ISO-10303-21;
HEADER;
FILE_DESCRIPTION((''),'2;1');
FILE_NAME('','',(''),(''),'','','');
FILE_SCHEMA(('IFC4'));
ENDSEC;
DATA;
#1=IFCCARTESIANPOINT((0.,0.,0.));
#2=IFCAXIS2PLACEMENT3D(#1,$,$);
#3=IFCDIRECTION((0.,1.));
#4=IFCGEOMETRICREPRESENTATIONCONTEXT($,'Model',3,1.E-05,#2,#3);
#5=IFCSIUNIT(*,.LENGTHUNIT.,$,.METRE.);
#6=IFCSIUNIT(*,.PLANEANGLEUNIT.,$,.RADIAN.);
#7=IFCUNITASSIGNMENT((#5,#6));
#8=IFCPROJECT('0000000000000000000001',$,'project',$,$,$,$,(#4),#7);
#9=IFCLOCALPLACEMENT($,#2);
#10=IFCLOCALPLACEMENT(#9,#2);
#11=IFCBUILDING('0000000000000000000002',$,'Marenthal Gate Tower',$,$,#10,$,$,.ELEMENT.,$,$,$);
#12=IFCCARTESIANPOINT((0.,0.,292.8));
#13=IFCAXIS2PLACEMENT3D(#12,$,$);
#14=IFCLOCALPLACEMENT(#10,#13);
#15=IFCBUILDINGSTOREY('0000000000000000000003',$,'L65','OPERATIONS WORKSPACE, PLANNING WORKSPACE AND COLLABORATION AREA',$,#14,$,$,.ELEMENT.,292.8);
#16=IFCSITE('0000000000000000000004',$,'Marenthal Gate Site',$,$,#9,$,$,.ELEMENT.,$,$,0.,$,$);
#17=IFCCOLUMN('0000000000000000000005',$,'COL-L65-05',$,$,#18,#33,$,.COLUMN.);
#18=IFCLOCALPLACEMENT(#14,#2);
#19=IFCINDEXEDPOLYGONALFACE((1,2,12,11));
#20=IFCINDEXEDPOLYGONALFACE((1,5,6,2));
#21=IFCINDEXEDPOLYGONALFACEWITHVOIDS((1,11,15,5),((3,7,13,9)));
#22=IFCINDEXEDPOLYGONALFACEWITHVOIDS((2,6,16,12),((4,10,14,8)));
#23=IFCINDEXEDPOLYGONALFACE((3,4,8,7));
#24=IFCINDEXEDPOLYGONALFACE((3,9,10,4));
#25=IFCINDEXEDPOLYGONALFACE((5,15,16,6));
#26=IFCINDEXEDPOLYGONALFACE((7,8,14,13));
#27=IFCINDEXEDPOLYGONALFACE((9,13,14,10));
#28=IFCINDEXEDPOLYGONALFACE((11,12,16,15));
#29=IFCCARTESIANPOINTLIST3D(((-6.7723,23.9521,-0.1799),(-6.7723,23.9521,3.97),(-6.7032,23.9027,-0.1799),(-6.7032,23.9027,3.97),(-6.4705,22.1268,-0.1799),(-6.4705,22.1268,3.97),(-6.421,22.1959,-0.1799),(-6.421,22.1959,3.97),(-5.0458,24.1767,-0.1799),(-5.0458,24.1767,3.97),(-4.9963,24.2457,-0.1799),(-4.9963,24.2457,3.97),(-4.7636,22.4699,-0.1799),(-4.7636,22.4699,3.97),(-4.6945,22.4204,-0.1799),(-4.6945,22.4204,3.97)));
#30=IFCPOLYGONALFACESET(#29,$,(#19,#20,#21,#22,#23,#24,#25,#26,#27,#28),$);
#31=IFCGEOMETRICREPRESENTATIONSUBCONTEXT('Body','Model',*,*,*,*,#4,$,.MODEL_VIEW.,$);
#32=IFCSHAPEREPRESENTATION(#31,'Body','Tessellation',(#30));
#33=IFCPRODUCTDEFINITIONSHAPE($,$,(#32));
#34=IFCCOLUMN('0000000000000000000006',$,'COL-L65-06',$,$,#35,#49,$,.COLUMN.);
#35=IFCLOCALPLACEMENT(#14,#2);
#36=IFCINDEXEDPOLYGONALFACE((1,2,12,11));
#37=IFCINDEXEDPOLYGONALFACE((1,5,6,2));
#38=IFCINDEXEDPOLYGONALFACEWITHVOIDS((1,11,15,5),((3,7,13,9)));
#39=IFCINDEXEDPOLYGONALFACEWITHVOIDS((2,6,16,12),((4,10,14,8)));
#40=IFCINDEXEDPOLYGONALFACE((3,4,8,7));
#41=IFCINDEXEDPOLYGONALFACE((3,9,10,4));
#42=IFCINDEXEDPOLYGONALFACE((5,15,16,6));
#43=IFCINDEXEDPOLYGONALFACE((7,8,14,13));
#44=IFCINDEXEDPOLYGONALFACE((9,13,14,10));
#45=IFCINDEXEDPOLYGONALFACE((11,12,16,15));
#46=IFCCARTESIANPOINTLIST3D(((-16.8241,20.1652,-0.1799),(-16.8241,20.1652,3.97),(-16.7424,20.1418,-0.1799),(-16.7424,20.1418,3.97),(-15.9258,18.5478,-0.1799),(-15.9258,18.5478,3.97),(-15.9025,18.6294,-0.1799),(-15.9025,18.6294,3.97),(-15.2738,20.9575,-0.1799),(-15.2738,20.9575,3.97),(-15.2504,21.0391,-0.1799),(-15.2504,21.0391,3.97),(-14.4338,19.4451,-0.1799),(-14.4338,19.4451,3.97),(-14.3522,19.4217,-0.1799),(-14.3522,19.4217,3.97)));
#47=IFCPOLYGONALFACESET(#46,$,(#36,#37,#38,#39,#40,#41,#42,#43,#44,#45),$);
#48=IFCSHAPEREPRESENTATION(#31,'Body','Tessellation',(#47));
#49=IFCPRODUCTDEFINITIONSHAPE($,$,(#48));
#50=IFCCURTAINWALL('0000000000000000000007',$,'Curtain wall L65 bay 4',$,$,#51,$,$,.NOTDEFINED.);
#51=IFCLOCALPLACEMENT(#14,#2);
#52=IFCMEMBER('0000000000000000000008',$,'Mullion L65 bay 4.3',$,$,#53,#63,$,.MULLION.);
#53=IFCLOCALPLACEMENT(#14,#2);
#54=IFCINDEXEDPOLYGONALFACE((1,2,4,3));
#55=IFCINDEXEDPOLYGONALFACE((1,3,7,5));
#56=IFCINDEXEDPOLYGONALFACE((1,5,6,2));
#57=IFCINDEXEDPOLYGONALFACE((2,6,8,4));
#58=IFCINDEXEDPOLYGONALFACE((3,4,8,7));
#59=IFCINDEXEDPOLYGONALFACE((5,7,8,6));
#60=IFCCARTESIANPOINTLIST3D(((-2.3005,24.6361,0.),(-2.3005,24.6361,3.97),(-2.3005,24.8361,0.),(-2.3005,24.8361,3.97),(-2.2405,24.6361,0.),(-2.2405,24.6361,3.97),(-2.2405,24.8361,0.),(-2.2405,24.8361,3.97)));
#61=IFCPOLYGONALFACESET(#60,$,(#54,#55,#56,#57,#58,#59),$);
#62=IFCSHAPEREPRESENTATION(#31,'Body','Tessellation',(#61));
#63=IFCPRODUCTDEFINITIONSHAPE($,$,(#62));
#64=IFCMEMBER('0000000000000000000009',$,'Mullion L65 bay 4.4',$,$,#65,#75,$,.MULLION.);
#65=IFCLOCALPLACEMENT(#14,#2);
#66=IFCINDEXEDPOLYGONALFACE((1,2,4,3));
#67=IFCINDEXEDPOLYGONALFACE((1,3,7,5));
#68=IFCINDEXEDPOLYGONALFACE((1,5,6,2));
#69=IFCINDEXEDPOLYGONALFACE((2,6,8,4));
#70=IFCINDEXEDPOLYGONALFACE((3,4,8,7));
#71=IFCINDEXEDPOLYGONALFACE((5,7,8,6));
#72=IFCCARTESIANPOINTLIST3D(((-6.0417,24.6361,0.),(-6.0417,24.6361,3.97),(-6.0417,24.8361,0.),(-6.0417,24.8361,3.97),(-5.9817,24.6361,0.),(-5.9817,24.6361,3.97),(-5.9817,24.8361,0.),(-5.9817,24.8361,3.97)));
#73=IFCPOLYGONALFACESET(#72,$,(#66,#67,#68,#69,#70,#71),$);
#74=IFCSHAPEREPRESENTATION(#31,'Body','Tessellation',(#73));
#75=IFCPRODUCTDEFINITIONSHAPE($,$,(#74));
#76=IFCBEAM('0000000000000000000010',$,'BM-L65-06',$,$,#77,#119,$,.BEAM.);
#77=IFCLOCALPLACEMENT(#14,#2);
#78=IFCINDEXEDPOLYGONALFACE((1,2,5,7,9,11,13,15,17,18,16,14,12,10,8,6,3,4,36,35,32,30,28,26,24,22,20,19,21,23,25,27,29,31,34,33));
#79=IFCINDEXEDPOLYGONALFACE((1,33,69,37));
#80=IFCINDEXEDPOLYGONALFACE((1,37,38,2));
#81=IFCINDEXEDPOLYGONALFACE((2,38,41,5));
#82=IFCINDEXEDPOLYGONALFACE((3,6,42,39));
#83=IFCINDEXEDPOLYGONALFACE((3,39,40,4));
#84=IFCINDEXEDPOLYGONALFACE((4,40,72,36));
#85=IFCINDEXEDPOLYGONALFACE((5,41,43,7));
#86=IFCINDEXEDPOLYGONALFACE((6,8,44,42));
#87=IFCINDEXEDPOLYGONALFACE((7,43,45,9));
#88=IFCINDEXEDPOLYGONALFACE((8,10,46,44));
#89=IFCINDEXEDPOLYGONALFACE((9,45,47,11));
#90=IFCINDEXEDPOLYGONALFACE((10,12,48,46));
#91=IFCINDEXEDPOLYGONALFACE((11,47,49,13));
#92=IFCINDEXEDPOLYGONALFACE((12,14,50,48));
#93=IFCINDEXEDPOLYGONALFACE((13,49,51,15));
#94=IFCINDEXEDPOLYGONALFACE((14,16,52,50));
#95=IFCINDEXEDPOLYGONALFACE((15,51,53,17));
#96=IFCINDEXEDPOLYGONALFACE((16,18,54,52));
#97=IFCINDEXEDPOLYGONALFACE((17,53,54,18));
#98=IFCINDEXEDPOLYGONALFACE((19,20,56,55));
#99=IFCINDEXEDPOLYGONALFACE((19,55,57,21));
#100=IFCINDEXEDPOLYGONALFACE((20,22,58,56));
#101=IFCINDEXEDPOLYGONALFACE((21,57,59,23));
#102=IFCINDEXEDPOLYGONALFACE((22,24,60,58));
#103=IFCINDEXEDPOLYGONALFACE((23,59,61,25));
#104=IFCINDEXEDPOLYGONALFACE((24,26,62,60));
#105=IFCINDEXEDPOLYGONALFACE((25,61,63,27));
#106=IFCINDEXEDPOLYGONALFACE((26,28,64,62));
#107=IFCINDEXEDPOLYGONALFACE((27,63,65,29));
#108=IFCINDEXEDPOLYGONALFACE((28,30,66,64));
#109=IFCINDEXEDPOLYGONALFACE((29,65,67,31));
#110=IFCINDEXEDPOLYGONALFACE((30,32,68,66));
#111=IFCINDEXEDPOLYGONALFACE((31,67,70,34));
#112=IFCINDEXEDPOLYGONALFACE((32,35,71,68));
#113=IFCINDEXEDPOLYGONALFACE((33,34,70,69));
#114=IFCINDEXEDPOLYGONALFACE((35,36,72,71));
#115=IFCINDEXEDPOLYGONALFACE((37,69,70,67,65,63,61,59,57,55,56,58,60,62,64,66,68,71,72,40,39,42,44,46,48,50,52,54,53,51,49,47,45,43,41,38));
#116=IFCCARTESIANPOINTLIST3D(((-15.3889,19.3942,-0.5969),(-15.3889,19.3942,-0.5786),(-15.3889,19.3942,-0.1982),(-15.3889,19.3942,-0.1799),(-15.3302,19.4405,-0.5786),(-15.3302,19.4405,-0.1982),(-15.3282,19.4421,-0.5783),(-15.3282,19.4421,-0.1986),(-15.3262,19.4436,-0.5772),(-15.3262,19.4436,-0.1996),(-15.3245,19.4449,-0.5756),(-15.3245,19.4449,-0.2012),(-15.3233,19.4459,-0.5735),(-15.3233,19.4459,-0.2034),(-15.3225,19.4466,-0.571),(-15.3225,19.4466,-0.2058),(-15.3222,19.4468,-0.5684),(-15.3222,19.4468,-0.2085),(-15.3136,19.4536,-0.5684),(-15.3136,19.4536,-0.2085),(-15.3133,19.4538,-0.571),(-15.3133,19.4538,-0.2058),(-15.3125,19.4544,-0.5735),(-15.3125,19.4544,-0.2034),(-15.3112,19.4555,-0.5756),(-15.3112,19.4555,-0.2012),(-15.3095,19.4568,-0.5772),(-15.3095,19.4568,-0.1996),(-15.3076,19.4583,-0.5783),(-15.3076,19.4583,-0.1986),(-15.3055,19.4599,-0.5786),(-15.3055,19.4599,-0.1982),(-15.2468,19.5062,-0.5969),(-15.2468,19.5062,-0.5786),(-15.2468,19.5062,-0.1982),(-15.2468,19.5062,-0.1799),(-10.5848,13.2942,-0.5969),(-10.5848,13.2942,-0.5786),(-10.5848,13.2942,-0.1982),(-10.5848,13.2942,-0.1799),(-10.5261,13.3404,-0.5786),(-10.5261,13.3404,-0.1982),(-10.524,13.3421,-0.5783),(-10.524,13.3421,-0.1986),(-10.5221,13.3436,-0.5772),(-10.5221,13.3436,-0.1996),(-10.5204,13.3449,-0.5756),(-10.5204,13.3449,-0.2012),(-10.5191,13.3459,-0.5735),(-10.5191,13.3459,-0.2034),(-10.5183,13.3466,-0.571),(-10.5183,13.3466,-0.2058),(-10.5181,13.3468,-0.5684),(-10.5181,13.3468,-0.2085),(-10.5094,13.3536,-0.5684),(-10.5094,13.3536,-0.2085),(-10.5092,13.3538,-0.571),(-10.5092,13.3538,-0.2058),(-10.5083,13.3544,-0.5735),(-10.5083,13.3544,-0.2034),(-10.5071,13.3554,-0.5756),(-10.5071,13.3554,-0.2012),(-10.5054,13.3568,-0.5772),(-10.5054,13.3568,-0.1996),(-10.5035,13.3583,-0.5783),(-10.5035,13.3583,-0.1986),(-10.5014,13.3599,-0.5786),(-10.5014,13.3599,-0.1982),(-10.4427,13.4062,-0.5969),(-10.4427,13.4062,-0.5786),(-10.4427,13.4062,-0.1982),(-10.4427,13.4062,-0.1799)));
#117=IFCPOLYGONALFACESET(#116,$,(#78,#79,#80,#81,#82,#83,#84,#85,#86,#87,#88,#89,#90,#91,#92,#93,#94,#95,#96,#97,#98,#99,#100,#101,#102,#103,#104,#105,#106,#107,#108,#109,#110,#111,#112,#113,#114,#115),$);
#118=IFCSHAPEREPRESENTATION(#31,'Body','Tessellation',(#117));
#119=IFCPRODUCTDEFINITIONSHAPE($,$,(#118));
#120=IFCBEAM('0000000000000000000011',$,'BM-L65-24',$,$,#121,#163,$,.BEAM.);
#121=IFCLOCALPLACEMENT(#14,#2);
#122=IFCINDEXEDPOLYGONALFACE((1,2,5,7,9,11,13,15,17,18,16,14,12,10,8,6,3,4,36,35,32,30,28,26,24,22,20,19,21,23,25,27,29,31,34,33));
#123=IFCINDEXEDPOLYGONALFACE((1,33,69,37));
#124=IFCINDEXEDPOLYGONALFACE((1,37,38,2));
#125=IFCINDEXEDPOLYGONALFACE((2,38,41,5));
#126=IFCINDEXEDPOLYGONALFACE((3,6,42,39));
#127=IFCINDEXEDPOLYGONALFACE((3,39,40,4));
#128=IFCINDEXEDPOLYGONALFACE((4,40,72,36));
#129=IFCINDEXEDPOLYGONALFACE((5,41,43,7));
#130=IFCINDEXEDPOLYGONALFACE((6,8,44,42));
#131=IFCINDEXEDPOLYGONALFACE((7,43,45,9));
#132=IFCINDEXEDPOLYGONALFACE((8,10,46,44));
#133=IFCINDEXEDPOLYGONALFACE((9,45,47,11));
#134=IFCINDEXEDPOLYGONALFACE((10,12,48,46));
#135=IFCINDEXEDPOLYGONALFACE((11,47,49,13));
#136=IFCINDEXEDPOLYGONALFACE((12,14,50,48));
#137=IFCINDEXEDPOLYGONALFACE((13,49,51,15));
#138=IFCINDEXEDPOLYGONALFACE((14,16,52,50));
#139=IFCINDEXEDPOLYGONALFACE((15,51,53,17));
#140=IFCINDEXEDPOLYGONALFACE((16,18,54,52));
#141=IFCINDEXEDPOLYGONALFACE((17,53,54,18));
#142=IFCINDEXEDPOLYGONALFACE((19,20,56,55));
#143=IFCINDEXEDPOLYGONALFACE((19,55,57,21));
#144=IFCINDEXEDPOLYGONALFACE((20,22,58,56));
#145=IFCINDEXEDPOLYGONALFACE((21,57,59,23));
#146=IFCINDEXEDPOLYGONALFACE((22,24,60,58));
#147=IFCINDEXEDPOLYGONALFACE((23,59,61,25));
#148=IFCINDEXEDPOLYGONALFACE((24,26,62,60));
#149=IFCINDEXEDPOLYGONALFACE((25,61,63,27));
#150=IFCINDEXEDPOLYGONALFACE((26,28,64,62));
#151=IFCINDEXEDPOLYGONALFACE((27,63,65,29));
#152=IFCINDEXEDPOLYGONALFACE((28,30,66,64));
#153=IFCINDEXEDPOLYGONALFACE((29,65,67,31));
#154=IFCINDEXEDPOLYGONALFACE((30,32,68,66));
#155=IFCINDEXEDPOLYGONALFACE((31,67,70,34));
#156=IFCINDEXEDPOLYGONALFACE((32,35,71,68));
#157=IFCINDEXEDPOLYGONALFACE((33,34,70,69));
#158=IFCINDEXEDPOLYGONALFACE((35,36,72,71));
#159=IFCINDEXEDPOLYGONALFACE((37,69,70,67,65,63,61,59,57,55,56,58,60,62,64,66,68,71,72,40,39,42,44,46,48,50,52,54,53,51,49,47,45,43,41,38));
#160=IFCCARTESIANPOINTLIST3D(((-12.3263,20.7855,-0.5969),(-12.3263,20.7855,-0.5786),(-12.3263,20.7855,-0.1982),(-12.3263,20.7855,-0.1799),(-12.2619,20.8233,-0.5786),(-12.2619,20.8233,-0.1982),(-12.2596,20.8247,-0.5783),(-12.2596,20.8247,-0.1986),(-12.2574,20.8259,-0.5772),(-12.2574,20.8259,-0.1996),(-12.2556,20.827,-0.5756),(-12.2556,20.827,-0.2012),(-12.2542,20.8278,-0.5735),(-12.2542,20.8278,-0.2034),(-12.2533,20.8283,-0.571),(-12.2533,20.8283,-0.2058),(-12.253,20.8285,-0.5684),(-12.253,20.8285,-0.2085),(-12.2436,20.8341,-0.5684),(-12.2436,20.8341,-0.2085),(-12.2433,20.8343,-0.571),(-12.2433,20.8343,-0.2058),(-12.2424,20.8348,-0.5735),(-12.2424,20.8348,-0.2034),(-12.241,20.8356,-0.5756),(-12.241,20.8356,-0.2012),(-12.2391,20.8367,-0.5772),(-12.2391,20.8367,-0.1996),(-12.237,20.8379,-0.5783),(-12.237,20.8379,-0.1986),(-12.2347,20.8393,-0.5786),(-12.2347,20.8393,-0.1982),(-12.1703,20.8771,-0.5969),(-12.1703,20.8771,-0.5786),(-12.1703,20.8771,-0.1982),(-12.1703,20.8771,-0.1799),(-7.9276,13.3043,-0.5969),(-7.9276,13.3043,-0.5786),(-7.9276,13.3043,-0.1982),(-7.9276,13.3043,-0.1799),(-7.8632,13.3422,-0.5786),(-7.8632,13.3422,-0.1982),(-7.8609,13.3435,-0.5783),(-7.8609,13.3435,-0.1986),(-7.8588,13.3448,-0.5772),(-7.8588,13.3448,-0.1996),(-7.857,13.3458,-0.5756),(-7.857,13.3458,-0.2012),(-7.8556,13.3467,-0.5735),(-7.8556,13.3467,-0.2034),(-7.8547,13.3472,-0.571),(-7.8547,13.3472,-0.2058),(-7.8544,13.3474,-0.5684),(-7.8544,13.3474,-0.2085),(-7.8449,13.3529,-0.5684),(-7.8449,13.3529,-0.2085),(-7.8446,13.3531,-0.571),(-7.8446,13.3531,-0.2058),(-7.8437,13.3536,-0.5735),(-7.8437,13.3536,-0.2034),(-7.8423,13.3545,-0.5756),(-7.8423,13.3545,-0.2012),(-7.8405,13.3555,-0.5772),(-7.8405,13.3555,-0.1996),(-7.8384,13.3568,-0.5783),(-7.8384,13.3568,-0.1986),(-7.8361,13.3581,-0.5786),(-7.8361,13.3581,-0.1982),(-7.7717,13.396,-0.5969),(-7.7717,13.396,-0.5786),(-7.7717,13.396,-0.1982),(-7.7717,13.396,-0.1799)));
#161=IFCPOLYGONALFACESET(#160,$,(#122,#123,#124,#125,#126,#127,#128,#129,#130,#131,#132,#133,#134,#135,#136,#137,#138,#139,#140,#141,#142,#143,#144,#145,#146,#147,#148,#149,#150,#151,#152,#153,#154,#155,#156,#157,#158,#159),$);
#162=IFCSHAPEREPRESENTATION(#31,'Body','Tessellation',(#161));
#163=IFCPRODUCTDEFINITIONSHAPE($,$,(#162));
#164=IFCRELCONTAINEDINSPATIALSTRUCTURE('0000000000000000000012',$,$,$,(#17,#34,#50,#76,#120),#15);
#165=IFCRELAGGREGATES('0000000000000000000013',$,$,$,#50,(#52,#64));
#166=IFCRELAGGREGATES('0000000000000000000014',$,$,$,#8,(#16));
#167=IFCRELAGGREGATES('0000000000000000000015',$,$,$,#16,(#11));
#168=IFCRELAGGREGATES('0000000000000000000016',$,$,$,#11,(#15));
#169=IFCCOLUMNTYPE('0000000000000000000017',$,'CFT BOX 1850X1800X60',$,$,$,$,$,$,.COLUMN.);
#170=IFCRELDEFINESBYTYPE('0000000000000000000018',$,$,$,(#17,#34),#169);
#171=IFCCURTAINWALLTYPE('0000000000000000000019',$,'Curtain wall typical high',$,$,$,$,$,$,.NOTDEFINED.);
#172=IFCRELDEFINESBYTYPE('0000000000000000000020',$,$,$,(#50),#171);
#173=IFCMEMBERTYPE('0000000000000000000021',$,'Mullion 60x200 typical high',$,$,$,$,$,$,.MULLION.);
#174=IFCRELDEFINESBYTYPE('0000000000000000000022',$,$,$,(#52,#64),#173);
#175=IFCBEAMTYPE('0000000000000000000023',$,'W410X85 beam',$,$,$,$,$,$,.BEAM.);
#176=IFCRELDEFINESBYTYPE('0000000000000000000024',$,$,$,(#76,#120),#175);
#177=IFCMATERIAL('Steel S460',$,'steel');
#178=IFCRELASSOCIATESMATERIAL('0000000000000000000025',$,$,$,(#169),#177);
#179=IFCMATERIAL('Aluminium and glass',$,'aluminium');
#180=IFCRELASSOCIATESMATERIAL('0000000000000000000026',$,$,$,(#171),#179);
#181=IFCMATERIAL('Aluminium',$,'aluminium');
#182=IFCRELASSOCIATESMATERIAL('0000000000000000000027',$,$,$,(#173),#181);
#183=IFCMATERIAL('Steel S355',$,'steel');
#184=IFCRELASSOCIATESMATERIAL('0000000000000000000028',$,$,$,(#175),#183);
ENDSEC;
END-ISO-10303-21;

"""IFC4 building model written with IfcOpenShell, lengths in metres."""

from ifc_helpers import new_model, si_unit, direction, frame, origin, origin_2d, place, context, subcontext, project, spatial, rectangle, hollow_rectangle, i_section, extrude, material, material_profile, profile_set, type_object, element, aggregate, save


model = new_model("IFC4")

# Units and contexts
model_context = context("Model", 3, precision=1e-05, world=origin(), true_north=direction((0.0, 1.0)))
body_context = subcontext(model_context, "Body", "Model", "MODEL_VIEW")
ifc_project = project(units=[si_unit("LENGTHUNIT", "METRE"), si_unit("PLANEANGLEUNIT", "RADIAN")], contexts=[model_context])

# Site, building, storey
site_placement = place(None, origin())
site = spatial("IfcSite", under=ifc_project, at=site_placement, Name="Marenthal Gate Site", CompositionType="ELEMENT", RefElevation=0.0)
building_placement = place(site_placement, origin())
building = spatial("IfcBuilding", under=site, at=building_placement, Name="Marenthal Gate Tower", CompositionType="ELEMENT")
storey_placement = place(building_placement, frame((0.0, 0.0, 292.8)))
storey = spatial("IfcBuildingStorey", under=building, at=storey_placement, Name="L65", Description="OPERATIONS WORKSPACE, PLANNING WORKSPACE AND COLLABORATION AREA", CompositionType="ELEMENT", Elevation=292.8)

# Columns
ifc_material_1 = material(Name="Steel S460", Category="steel")
ifc_material_profile_1 = material_profile(ifc_material_1, hollow_rectangle(XDim=1.8, YDim=1.8501, WallThickness=0.0601, at=origin_2d()), Name="CFT BOX 1850X1800X60")
ifc_material_2 = material(Name="Concrete 70 MPa", Category="concrete")
ifc_material_profile_2 = material_profile(ifc_material_2, rectangle(XDim=1.6799, YDim=1.73, at=origin_2d()), Name="CFT BOX 1850X1800X60 INFILL")
ifc_profile_set_1 = profile_set([ifc_material_profile_1, ifc_material_profile_2], Name="Steel S460 shell, Concrete 70 MPa infill")
column_type = type_object("IfcColumnType", Name="CFT BOX 1850X1800X60", PredefinedType="COLUMN", material=ifc_profile_set_1)
for number, where, z_axis, x_axis, name in (
    (1, (-5.7334, 23.1863, -0.1799), (0.0, 0.0, 1.0), (0.986606, 0.163119, 0.0), "COL-L65-05"),
    (2, (-15.5881, 19.7935, -0.1799), (0.0, 0.0, 1.0), (0.874222, 0.485527, 0.0), "COL-L65-06"),
):
    element("IfcColumn", number, at=place(storey_placement, frame(where, z_axis=z_axis, x_axis=x_axis)), inside=storey, type_object=column_type, Name=name, PredefinedType="COLUMN", context=body_context, shape_type="SweptSolid", body=[
        extrude(hollow_rectangle(XDim=1.8, YDim=1.8501, WallThickness=0.0601, at=origin_2d()), origin(), (0.0, 0.0, 1.0), 4.1499),
    ])

# Curtain wall, members
ifc_material_3 = material(Name="Aluminium and glass", Category="aluminium")
curtain_wall_type = type_object("IfcCurtainWallType", Name="Curtain wall typical high", PredefinedType="NOTDEFINED", material=ifc_material_3)
curtain_wall_placement = place(storey_placement, origin())
curtain_wall = element("IfcCurtainWall", 3, at=curtain_wall_placement, inside=storey, type_object=curtain_wall_type, Name="Curtain wall L65 bay 4", PredefinedType="NOTDEFINED")
ifc_material_4 = material(Name="Aluminium", Category="aluminium")
ifc_material_profile_3 = material_profile(ifc_material_4, rectangle(XDim=0.2, YDim=0.0601, at=origin_2d()), Name="60x200 aluminium mullion")
ifc_profile_set_2 = profile_set([ifc_material_profile_3], Name="Aluminium")
member_type = type_object("IfcMemberType", Name="Mullion 60x200 typical high", PredefinedType="MULLION", material=ifc_profile_set_2)
member_1_placement = place(storey_placement, frame((-2.2705, 24.7361, 0.0), z_axis=(0.0, 0.0, 1.0), x_axis=(0.0, -1.0, 0.0)))
member_1 = element("IfcMember", 4, at=member_1_placement, type_object=member_type, Name="Mullion L65 bay 4.3", PredefinedType="MULLION", context=body_context, shape_type="SweptSolid", body=[
    extrude(rectangle(XDim=0.2, YDim=0.0601, at=origin_2d()), origin(), (0.0, 0.0, 1.0), 3.97),
])
member_2_placement = place(storey_placement, frame((-6.0117, 24.7361, 0.0), z_axis=(0.0, 0.0, 1.0), x_axis=(0.0, -1.0, 0.0)))
member_2 = element("IfcMember", 5, at=member_2_placement, type_object=member_type, Name="Mullion L65 bay 4.4", PredefinedType="MULLION", context=body_context, shape_type="SweptSolid", body=[
    extrude(rectangle(XDim=0.2, YDim=0.0601, at=origin_2d()), origin(), (0.0, 0.0, 1.0), 3.97),
])

# Beams
ifc_material_5 = material(Name="Steel S355", Category="steel")
ifc_material_profile_4 = material_profile(ifc_material_5, i_section(OverallWidth=0.1809, OverallDepth=0.417, WebThickness=0.011, FlangeThickness=0.0183, FilletRadius=0.0103, at=origin_2d()), Name="W410X85")
ifc_profile_set_3 = profile_set([ifc_material_profile_4], Name="Steel S355")
beam_type_1 = type_object("IfcBeamType", Name="W410X85 beam", PredefinedType="BEAM", material=ifc_profile_set_3)
beam_1_placement = place(storey_placement, frame((-15.3179, 19.4502, -0.3884), z_axis=(0.618718, -0.785613, 0.0), x_axis=(0.785613, 0.618718, 0.0)))
element("IfcBeam", 6, at=beam_1_placement, inside=storey, type_object=beam_type_1, Name="BM-L65-06", PredefinedType="BEAM", context=body_context, shape_type="SweptSolid", body=[
    extrude(i_section(OverallWidth=0.1809, OverallDepth=0.417, WebThickness=0.011, FlangeThickness=0.0183, FilletRadius=0.0103, at=origin_2d()), origin(), (0.0, 0.0, 1.0), 7.7646),
])
beam_2_placement = place(storey_placement, frame((-12.2483, 20.8313, -0.3884), z_axis=(0.506847, -0.862036, 0.0), x_axis=(0.862036, 0.506847, 0.0)))
element("IfcBeam", 7, at=beam_2_placement, inside=storey, type_object=beam_type_1, Name="BM-L65-24", PredefinedType="BEAM", context=body_context, shape_type="SweptSolid", body=[
    extrude(i_section(OverallWidth=0.1809, OverallDepth=0.417, WebThickness=0.011, FlangeThickness=0.0183, FilletRadius=0.0103, at=origin_2d()), origin(), (0.0, 0.0, 1.0), 8.6785),
])

aggregate(curtain_wall, [member_1, member_2])

save(model, "model.ifc")
